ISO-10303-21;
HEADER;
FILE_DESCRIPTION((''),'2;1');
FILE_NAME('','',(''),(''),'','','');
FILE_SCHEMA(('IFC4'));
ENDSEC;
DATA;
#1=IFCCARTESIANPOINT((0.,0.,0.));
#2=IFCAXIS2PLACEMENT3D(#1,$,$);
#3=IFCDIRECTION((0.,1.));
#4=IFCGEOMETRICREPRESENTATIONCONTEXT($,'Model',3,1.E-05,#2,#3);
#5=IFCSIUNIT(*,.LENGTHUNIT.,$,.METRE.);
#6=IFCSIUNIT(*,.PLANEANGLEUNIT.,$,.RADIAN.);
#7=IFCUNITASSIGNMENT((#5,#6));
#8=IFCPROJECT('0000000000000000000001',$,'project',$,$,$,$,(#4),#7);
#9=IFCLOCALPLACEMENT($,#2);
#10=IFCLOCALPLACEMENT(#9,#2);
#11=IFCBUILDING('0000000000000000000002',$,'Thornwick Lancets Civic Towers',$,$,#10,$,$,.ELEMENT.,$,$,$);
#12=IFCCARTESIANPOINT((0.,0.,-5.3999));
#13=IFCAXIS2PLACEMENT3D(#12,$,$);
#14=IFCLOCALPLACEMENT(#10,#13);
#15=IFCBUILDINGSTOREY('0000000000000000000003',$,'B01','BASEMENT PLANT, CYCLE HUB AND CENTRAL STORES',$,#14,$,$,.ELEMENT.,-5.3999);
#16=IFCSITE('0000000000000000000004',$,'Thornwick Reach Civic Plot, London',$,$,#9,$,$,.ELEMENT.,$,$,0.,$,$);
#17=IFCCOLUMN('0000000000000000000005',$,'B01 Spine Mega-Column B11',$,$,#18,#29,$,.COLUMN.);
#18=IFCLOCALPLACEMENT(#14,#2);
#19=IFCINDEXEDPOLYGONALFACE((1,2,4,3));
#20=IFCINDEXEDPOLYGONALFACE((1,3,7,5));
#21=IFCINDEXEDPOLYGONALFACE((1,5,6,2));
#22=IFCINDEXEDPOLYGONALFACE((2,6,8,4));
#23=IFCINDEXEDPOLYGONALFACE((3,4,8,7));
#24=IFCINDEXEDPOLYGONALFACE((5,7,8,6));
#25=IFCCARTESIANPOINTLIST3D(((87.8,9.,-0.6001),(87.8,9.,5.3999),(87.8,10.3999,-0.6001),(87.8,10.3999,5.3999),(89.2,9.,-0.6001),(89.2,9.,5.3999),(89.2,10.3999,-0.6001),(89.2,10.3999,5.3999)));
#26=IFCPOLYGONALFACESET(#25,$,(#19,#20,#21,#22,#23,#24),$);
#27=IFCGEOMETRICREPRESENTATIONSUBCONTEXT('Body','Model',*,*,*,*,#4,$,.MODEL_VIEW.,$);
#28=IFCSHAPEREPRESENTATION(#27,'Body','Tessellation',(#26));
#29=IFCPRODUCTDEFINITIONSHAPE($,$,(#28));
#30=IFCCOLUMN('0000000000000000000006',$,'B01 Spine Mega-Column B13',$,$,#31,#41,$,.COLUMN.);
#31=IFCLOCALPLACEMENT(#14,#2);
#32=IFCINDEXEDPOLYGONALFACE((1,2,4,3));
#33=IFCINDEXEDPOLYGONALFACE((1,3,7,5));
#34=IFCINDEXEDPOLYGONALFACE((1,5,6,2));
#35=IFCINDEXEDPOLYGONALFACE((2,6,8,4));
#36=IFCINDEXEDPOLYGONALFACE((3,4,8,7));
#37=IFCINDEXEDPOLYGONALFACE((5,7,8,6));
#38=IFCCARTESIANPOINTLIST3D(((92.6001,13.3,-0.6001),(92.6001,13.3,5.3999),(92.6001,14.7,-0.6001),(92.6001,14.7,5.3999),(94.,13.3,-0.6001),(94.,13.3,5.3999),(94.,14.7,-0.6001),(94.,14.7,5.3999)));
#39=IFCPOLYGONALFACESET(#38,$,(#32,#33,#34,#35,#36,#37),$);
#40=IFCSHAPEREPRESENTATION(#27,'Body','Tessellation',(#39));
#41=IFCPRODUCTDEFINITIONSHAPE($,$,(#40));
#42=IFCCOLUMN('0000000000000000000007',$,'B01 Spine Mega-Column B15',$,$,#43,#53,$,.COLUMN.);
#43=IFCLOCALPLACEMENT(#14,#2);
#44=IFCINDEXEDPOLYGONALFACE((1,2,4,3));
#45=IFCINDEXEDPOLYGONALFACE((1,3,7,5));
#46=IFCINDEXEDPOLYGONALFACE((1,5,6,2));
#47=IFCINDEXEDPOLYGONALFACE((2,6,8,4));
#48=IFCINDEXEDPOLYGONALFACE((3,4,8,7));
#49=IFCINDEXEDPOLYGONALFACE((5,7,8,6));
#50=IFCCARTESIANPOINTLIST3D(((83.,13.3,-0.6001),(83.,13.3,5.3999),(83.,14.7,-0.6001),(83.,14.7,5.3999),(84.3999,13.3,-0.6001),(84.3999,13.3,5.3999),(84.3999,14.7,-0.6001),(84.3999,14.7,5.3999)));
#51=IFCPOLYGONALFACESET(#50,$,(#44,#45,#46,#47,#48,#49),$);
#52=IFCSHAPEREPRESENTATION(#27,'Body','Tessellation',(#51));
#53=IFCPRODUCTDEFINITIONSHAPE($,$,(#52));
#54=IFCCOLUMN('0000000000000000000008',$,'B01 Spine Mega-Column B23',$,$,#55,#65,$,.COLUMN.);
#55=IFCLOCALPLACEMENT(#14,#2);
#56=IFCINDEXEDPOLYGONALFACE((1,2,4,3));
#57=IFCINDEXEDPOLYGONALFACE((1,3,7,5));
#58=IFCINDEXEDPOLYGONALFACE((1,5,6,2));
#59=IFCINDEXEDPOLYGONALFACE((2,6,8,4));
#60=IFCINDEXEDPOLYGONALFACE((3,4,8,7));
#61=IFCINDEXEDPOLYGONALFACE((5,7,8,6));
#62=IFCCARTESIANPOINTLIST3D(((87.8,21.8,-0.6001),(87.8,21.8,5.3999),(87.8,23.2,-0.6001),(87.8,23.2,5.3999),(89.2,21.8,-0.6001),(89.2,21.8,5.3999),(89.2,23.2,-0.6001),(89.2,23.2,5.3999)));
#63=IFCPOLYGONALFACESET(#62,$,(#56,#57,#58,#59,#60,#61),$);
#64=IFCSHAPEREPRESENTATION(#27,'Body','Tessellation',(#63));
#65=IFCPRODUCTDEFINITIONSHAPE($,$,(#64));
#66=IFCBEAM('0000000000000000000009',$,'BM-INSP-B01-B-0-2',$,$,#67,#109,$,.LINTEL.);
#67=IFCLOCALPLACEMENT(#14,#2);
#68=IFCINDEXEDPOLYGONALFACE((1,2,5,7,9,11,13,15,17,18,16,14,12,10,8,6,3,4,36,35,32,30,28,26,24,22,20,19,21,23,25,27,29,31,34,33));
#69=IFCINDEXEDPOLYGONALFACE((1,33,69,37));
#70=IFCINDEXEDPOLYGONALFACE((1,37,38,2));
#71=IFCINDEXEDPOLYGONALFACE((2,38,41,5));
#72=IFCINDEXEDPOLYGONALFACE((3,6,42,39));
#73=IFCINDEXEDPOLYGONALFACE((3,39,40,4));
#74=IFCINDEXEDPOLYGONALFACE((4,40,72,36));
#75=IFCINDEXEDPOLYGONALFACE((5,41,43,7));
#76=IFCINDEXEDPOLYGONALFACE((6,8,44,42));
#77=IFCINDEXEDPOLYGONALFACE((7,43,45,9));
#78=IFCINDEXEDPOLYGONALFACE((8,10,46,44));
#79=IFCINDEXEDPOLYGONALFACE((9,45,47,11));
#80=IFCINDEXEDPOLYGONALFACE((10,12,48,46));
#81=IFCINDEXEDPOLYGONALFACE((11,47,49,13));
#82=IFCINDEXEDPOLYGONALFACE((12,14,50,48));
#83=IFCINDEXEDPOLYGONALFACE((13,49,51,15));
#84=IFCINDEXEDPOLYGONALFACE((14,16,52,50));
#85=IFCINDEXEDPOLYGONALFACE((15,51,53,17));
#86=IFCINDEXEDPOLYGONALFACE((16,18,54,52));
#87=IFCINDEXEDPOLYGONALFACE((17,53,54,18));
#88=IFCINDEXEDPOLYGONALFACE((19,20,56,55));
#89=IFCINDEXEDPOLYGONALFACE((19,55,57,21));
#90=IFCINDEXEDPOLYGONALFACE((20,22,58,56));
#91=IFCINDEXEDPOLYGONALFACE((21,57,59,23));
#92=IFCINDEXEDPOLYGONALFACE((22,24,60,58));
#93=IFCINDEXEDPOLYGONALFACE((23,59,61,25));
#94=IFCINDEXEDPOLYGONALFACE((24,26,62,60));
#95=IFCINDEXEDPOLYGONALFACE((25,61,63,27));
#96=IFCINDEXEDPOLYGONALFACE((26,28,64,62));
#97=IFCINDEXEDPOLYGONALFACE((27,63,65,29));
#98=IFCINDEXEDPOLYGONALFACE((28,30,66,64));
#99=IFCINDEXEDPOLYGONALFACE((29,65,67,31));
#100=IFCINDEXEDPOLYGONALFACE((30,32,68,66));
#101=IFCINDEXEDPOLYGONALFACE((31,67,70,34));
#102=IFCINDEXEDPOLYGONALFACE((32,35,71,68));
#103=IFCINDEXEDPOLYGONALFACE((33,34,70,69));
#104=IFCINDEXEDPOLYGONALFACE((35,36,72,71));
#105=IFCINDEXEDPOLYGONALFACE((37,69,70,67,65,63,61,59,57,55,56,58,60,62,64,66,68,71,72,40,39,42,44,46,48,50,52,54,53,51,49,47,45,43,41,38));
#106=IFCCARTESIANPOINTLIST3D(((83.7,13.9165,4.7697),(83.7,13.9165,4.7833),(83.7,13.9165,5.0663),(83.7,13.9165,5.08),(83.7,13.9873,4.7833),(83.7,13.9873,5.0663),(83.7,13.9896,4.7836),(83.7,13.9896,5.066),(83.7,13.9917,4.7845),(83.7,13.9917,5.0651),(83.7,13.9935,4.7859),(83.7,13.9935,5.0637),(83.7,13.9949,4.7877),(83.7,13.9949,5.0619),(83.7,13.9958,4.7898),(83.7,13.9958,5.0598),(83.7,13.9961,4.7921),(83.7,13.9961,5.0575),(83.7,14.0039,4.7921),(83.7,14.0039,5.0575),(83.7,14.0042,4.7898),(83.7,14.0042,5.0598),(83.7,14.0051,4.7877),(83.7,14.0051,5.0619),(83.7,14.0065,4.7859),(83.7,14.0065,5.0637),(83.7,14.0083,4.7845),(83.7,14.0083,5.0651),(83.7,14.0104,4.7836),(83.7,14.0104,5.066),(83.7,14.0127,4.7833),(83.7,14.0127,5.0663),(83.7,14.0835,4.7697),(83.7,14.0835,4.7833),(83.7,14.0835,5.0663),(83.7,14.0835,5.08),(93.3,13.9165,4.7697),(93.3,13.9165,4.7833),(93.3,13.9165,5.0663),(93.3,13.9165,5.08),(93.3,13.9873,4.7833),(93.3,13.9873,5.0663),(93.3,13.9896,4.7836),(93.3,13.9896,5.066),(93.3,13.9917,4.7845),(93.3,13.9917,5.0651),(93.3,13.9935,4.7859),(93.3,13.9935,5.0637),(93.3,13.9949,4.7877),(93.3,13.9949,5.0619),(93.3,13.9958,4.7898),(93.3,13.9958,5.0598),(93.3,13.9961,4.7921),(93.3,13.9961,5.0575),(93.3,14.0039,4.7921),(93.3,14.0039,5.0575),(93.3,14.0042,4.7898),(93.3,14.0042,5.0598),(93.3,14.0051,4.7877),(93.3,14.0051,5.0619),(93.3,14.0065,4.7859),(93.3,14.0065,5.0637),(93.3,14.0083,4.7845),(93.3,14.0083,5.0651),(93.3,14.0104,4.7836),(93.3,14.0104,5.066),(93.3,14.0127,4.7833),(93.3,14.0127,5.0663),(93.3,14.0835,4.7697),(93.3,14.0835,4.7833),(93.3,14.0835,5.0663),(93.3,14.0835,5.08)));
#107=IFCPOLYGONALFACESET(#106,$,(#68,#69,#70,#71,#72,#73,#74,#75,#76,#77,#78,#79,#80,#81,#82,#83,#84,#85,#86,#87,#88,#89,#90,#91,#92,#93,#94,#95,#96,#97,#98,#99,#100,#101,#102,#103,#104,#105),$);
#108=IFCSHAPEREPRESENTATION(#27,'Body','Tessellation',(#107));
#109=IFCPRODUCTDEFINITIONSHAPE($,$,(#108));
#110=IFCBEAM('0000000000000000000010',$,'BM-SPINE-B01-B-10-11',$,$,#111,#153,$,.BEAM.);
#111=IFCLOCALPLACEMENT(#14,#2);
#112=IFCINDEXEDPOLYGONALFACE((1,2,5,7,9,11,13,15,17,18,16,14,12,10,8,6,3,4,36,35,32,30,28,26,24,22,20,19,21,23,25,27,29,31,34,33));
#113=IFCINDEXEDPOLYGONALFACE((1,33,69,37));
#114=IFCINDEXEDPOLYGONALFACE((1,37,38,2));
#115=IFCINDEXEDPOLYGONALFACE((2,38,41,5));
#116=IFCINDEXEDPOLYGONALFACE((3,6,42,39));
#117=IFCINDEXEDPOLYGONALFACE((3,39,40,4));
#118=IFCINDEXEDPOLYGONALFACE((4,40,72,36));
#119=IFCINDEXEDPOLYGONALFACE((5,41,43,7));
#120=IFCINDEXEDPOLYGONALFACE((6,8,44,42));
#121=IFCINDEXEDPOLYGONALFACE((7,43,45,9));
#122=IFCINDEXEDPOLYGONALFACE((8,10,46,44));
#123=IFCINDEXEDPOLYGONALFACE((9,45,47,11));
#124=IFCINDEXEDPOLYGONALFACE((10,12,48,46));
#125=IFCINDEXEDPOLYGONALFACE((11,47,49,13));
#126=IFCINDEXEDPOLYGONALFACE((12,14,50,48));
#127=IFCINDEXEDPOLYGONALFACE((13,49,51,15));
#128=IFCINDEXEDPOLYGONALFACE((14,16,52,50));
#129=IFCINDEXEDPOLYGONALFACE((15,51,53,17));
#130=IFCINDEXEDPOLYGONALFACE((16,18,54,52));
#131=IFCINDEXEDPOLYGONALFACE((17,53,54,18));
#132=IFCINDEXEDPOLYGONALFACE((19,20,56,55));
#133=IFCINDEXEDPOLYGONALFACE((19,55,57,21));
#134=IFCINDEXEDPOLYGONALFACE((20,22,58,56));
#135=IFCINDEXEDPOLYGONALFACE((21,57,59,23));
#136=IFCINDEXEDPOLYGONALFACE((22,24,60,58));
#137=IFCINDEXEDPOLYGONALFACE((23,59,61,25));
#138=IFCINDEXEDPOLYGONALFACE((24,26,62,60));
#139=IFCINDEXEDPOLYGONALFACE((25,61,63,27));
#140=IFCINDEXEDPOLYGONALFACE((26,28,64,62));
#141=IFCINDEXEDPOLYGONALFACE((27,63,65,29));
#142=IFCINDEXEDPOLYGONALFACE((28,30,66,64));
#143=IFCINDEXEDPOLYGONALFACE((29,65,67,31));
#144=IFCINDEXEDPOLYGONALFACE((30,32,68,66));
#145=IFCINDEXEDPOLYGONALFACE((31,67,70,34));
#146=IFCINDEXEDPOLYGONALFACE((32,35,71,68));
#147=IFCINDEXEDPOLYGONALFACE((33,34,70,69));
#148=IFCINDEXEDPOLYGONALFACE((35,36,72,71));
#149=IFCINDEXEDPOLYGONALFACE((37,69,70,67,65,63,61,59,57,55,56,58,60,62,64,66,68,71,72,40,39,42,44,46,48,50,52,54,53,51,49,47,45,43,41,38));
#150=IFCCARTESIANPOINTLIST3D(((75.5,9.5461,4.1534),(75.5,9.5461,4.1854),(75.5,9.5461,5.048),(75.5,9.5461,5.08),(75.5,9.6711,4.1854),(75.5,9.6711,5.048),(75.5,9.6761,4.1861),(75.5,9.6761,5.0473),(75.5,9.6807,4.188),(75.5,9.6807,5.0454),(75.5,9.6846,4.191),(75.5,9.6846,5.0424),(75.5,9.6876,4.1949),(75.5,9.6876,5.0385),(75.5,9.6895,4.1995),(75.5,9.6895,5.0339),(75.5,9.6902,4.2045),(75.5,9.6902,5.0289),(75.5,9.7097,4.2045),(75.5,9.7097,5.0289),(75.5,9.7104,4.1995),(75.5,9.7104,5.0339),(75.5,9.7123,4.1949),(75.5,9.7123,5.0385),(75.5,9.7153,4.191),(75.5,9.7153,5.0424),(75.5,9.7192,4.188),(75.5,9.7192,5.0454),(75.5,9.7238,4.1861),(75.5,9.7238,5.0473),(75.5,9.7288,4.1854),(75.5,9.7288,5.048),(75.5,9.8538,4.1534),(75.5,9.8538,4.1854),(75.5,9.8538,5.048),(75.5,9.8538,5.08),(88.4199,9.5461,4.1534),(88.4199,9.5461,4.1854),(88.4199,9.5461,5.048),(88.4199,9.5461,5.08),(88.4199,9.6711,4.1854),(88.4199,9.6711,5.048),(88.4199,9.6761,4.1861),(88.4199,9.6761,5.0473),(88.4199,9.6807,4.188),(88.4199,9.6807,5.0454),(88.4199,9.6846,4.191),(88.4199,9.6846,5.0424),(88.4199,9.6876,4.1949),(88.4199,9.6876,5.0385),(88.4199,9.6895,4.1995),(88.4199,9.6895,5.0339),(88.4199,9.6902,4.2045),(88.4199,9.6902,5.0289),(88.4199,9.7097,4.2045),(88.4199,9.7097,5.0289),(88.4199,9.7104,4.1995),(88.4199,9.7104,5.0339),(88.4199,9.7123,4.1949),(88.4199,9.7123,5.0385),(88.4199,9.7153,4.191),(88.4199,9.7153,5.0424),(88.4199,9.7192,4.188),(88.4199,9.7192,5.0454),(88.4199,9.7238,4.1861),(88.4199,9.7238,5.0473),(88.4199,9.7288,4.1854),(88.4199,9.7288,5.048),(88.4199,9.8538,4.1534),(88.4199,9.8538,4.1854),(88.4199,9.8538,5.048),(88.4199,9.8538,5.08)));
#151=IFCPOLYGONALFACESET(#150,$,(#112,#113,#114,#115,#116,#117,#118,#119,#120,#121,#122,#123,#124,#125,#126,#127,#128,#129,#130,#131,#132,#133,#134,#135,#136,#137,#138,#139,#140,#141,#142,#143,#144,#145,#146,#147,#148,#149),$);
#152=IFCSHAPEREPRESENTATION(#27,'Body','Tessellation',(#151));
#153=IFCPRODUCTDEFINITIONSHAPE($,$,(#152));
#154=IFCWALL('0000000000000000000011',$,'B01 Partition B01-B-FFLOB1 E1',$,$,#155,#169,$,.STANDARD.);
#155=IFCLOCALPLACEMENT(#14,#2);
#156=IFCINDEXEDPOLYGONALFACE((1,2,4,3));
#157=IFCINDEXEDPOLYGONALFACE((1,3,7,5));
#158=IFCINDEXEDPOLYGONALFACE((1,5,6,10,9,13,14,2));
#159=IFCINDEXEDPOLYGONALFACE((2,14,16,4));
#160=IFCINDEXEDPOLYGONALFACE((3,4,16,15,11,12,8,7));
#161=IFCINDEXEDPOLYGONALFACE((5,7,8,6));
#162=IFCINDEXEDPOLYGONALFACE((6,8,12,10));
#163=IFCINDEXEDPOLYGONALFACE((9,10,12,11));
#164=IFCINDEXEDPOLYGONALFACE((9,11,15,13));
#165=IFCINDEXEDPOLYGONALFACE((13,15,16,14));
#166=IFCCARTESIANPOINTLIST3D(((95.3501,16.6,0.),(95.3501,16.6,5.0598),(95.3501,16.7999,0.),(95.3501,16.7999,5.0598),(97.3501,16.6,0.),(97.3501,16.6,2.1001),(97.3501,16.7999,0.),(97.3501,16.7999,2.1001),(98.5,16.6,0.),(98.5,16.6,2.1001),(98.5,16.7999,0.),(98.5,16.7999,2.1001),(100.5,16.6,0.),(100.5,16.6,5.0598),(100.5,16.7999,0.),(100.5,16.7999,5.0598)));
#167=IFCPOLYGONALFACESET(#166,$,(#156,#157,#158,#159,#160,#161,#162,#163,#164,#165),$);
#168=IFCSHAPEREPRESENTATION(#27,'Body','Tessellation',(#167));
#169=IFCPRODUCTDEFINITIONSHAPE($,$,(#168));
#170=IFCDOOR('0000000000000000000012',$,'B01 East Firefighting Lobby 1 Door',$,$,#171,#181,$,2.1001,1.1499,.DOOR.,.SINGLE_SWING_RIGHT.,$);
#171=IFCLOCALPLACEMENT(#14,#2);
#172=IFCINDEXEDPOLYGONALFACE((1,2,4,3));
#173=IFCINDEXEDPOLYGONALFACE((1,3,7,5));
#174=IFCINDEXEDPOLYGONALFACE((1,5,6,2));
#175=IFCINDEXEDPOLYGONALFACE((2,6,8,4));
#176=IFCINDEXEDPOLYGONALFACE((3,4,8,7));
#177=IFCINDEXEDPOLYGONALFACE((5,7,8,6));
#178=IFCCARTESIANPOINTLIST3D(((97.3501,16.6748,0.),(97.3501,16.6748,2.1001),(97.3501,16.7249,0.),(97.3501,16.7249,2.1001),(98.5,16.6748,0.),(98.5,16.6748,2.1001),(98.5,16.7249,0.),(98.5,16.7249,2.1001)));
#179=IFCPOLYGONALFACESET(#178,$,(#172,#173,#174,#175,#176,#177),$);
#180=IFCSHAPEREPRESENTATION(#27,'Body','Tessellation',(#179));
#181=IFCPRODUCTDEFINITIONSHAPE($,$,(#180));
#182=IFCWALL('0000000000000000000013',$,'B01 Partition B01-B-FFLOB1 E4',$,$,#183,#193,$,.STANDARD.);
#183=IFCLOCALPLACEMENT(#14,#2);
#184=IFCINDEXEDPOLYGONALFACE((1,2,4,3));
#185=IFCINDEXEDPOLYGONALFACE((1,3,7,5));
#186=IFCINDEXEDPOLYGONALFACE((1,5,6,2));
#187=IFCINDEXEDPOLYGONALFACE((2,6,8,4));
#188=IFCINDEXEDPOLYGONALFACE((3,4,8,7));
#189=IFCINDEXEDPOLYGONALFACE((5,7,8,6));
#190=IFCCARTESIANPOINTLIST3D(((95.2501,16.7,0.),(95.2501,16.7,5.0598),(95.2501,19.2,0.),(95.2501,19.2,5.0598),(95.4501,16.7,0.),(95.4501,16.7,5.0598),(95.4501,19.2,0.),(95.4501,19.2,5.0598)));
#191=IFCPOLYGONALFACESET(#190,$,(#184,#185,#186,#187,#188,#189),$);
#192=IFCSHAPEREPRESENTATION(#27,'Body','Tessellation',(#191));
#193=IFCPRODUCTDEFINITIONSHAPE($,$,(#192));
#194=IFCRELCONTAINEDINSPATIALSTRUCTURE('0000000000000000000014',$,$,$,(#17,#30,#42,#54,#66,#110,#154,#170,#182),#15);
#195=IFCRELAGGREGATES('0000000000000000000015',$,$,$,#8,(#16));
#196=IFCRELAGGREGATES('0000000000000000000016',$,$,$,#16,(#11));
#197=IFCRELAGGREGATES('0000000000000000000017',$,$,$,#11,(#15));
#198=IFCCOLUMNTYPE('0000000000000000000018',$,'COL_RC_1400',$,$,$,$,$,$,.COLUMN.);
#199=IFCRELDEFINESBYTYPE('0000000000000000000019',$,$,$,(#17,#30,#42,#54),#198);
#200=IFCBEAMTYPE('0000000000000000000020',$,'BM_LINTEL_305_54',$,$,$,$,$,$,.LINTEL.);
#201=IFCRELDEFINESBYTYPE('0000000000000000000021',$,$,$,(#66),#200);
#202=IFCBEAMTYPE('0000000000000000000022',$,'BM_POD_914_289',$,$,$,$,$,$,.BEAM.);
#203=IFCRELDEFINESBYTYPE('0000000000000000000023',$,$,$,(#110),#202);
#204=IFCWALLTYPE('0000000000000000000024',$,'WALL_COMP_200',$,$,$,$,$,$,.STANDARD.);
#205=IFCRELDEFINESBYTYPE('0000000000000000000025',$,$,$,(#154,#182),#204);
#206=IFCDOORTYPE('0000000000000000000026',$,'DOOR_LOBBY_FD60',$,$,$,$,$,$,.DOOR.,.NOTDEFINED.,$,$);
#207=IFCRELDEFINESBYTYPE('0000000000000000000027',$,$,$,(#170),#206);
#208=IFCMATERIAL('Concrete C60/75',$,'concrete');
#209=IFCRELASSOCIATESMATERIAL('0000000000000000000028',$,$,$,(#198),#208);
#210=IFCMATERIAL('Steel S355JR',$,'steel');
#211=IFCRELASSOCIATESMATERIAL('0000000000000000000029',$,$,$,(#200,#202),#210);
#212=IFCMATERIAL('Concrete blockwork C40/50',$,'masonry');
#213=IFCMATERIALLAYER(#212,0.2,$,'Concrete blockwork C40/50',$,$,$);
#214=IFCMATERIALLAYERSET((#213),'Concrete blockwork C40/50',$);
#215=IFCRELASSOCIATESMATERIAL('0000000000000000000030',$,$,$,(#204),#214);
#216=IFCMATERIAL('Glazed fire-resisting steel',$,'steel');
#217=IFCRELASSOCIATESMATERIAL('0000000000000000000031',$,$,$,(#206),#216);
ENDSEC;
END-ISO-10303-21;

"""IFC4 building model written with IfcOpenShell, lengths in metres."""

from ifc_helpers import new_model, si_unit, direction, frame, frame_2d, origin, origin_2d, place, context, subcontext, project, spatial, rectangle, i_section, extrude, material, layer, layer_set, material_profile, profile_set, type_object, element, fill, save


model = new_model("IFC4")

# Units and contexts
model_context = context("Model", 3, precision=1e-05, world=origin(), true_north=direction((0.0, 1.0)))
body_context = subcontext(model_context, "Body", "Model", "MODEL_VIEW")
ifc_project = project(units=[si_unit("LENGTHUNIT", "METRE"), si_unit("PLANEANGLEUNIT", "RADIAN")], contexts=[model_context])

# Site, building, storey
site_placement = place(None, origin())
site = spatial("IfcSite", under=ifc_project, at=site_placement, Name="Thornwick Reach Civic Plot, London", CompositionType="ELEMENT", RefElevation=0.0)
building_placement = place(site_placement, origin())
building = spatial("IfcBuilding", under=site, at=building_placement, Name="Thornwick Lancets Civic Towers", CompositionType="ELEMENT")
storey_placement = place(building_placement, frame((0.0, 0.0, -5.3999)))
storey = spatial("IfcBuildingStorey", under=building, at=storey_placement, Name="B01", Description="BASEMENT PLANT, CYCLE HUB AND CENTRAL STORES", CompositionType="ELEMENT", Elevation=-5.3999)

# Columns
ifc_material_1 = material(Name="Concrete C60/75", Category="concrete")
ifc_material_profile_1 = material_profile(ifc_material_1, rectangle(XDim=1.3999, YDim=1.3999, at=origin_2d()), Name="RC 1400x1400")
ifc_profile_set_1 = profile_set([ifc_material_profile_1], Name="Concrete C60/75")
column_type = type_object("IfcColumnType", Name="COL_RC_1400", PredefinedType="COLUMN", material=ifc_profile_set_1)
for number, where, z_axis, x_axis, name in (
    (1, (88.5, 9.7, -0.6001), (0.0, 0.0, 1.0), (1.0, 0.0, 0.0), "B01 Spine Mega-Column B11"),
    (2, (93.3, 14.0, -0.6001), (0.0, 0.0, 1.0), (1.0, 0.0, 0.0), "B01 Spine Mega-Column B13"),
    (3, (83.7, 14.0, -0.6001), (0.0, 0.0, 1.0), (1.0, 0.0, 0.0), "B01 Spine Mega-Column B15"),
    (4, (88.5, 22.5, -0.6001), (0.0, 0.0, 1.0), (1.0, 0.0, 0.0), "B01 Spine Mega-Column B23"),
):
    element("IfcColumn", number, at=place(storey_placement, frame(where, z_axis=z_axis, x_axis=x_axis)), inside=storey, type_object=column_type, Name=name, PredefinedType="COLUMN", context=body_context, shape_type="SweptSolid", body=[
        extrude(rectangle(XDim=1.3999, YDim=1.3999, at=origin_2d()), origin(), (0.0, 0.0, 1.0), 6.0),
    ])

# Beams
ifc_material_2 = material(Name="Steel S355JR", Category="steel")
ifc_material_profile_2 = material_profile(ifc_material_2, i_section(OverallWidth=0.167, OverallDepth=0.3103, WebThickness=0.0078, FlangeThickness=0.0137, FilletRadius=0.0088, at=origin_2d()), Name="UKB 305x165x54")
ifc_profile_set_2 = profile_set([ifc_material_profile_2], Name="Steel S355JR")
beam_type_1 = type_object("IfcBeamType", Name="BM_LINTEL_305_54", PredefinedType="LINTEL", material=ifc_profile_set_2)
beam_1_placement = place(storey_placement, frame((93.3, 14.0, 4.9248), z_axis=(-1.0, 0.0, 0.0), x_axis=(0.0, -1.0, 0.0)))
element("IfcBeam", 5, at=beam_1_placement, inside=storey, type_object=beam_type_1, Name="BM-INSP-B01-B-0-2", PredefinedType="LINTEL", context=body_context, shape_type="SweptSolid", body=[
    extrude(i_section(OverallWidth=0.167, OverallDepth=0.3103, WebThickness=0.0078, FlangeThickness=0.0137, FilletRadius=0.0088, at=origin_2d()), origin(), (0.0, 0.0, 1.0), 9.6001),
])
ifc_material_profile_3 = material_profile(ifc_material_2, i_section(OverallWidth=0.3076, OverallDepth=0.9265, WebThickness=0.0195, FlangeThickness=0.032, FilletRadius=0.019, at=origin_2d()), Name="UKB 914x305x289")
ifc_profile_set_3 = profile_set([ifc_material_profile_3], Name="Steel S355JR")
beam_type_2 = type_object("IfcBeamType", Name="BM_POD_914_289", PredefinedType="BEAM", material=ifc_profile_set_3)
beam_2_placement = place(storey_placement, frame((88.4199, 9.7, 4.6167), z_axis=(-1.0, 0.0, 0.0), x_axis=(0.0, -1.0, 0.0)))
element("IfcBeam", 6, at=beam_2_placement, inside=storey, type_object=beam_type_2, Name="BM-SPINE-B01-B-10-11", PredefinedType="BEAM", context=body_context, shape_type="SweptSolid", body=[
    extrude(i_section(OverallWidth=0.3076, OverallDepth=0.9265, WebThickness=0.0195, FlangeThickness=0.032, FilletRadius=0.019, at=origin_2d()), origin(), (0.0, 0.0, 1.0), 12.9199),
])

# Wall, opening, door
ifc_material_3 = material(Name="Concrete blockwork C40/50", Category="masonry")
ifc_layer_1 = layer(ifc_material_3, 0.2, Name="Concrete blockwork C40/50")
ifc_layer_set_1 = layer_set([ifc_layer_1], Name="Concrete blockwork C40/50")
wall_type_1 = type_object("IfcWallType", Name="WALL_COMP_200", PredefinedType="STANDARD", material=ifc_layer_set_1)
wall_1_placement = place(storey_placement, frame((95.3501, 16.7, 0.0), z_axis=(0.0, 0.0, 1.0), x_axis=(1.0, 0.0, 0.0)))
wall_1 = element("IfcWall", 7, at=wall_1_placement, inside=storey, type_object=wall_type_1, Name="B01 Partition B01-B-FFLOB1 E1", PredefinedType="STANDARD", context=body_context, shape_type="SweptSolid", body=[
    extrude(rectangle(XDim=5.1499, YDim=0.2, at=frame_2d((2.575, 0.0))), origin(), (0.0, 0.0, 1.0), 5.0598),
])
opening_placement = place(wall_1_placement, frame((2.0, 0.0, 0.0)))
opening = element("IfcOpeningElement", 8, at=opening_placement, cuts=wall_1, PredefinedType="OPENING", context=body_context, shape_type="SweptSolid", body=[
    extrude(rectangle(XDim=1.1499, YDim=2.1001, at=frame_2d((0.575, 1.05))), frame((0.0, 0.1099, 0.0), z_axis=(0.0, -1.0, 0.0), x_axis=(1.0, 0.0, 0.0)), (0.0, 0.0, 1.0), 0.22),
])
ifc_material_4 = material(Name="Glazed fire-resisting steel", Category="steel")
door_type = type_object("IfcDoorType", Name="DOOR_LOBBY_FD60", OperationType="NOTDEFINED", PredefinedType="DOOR", material=ifc_material_4)
door_placement = place(opening_placement, origin())
door = element("IfcDoor", 9, at=door_placement, inside=storey, type_object=door_type, Name="B01 East Firefighting Lobby 1 Door", OperationType="SINGLE_SWING_RIGHT", OverallHeight=2.1001, OverallWidth=1.1499, PredefinedType="DOOR", context=body_context, shape_type="SweptSolid", body=[
    extrude(rectangle(XDim=1.1499, YDim=2.1001, at=frame_2d((0.575, 1.05))), frame((0.0, 0.0249, 0.0), z_axis=(0.0, -1.0, 0.0), x_axis=(1.0, 0.0, 0.0)), (0.0, 0.0, 1.0), 0.05),
])
fill(opening, door)

# Wall
wall_2_placement = place(storey_placement, frame((95.3501, 19.2, 0.0), z_axis=(0.0, 0.0, 1.0), x_axis=(0.0, -1.0, 0.0)))
element("IfcWall", 10, at=wall_2_placement, inside=storey, type_object=wall_type_1, Name="B01 Partition B01-B-FFLOB1 E4", PredefinedType="STANDARD", context=body_context, shape_type="SweptSolid", body=[
    extrude(rectangle(XDim=2.5, YDim=0.2, at=frame_2d((1.25, 0.0))), origin(), (0.0, 0.0, 1.0), 5.0598),
])

save(model, "model.ifc")
